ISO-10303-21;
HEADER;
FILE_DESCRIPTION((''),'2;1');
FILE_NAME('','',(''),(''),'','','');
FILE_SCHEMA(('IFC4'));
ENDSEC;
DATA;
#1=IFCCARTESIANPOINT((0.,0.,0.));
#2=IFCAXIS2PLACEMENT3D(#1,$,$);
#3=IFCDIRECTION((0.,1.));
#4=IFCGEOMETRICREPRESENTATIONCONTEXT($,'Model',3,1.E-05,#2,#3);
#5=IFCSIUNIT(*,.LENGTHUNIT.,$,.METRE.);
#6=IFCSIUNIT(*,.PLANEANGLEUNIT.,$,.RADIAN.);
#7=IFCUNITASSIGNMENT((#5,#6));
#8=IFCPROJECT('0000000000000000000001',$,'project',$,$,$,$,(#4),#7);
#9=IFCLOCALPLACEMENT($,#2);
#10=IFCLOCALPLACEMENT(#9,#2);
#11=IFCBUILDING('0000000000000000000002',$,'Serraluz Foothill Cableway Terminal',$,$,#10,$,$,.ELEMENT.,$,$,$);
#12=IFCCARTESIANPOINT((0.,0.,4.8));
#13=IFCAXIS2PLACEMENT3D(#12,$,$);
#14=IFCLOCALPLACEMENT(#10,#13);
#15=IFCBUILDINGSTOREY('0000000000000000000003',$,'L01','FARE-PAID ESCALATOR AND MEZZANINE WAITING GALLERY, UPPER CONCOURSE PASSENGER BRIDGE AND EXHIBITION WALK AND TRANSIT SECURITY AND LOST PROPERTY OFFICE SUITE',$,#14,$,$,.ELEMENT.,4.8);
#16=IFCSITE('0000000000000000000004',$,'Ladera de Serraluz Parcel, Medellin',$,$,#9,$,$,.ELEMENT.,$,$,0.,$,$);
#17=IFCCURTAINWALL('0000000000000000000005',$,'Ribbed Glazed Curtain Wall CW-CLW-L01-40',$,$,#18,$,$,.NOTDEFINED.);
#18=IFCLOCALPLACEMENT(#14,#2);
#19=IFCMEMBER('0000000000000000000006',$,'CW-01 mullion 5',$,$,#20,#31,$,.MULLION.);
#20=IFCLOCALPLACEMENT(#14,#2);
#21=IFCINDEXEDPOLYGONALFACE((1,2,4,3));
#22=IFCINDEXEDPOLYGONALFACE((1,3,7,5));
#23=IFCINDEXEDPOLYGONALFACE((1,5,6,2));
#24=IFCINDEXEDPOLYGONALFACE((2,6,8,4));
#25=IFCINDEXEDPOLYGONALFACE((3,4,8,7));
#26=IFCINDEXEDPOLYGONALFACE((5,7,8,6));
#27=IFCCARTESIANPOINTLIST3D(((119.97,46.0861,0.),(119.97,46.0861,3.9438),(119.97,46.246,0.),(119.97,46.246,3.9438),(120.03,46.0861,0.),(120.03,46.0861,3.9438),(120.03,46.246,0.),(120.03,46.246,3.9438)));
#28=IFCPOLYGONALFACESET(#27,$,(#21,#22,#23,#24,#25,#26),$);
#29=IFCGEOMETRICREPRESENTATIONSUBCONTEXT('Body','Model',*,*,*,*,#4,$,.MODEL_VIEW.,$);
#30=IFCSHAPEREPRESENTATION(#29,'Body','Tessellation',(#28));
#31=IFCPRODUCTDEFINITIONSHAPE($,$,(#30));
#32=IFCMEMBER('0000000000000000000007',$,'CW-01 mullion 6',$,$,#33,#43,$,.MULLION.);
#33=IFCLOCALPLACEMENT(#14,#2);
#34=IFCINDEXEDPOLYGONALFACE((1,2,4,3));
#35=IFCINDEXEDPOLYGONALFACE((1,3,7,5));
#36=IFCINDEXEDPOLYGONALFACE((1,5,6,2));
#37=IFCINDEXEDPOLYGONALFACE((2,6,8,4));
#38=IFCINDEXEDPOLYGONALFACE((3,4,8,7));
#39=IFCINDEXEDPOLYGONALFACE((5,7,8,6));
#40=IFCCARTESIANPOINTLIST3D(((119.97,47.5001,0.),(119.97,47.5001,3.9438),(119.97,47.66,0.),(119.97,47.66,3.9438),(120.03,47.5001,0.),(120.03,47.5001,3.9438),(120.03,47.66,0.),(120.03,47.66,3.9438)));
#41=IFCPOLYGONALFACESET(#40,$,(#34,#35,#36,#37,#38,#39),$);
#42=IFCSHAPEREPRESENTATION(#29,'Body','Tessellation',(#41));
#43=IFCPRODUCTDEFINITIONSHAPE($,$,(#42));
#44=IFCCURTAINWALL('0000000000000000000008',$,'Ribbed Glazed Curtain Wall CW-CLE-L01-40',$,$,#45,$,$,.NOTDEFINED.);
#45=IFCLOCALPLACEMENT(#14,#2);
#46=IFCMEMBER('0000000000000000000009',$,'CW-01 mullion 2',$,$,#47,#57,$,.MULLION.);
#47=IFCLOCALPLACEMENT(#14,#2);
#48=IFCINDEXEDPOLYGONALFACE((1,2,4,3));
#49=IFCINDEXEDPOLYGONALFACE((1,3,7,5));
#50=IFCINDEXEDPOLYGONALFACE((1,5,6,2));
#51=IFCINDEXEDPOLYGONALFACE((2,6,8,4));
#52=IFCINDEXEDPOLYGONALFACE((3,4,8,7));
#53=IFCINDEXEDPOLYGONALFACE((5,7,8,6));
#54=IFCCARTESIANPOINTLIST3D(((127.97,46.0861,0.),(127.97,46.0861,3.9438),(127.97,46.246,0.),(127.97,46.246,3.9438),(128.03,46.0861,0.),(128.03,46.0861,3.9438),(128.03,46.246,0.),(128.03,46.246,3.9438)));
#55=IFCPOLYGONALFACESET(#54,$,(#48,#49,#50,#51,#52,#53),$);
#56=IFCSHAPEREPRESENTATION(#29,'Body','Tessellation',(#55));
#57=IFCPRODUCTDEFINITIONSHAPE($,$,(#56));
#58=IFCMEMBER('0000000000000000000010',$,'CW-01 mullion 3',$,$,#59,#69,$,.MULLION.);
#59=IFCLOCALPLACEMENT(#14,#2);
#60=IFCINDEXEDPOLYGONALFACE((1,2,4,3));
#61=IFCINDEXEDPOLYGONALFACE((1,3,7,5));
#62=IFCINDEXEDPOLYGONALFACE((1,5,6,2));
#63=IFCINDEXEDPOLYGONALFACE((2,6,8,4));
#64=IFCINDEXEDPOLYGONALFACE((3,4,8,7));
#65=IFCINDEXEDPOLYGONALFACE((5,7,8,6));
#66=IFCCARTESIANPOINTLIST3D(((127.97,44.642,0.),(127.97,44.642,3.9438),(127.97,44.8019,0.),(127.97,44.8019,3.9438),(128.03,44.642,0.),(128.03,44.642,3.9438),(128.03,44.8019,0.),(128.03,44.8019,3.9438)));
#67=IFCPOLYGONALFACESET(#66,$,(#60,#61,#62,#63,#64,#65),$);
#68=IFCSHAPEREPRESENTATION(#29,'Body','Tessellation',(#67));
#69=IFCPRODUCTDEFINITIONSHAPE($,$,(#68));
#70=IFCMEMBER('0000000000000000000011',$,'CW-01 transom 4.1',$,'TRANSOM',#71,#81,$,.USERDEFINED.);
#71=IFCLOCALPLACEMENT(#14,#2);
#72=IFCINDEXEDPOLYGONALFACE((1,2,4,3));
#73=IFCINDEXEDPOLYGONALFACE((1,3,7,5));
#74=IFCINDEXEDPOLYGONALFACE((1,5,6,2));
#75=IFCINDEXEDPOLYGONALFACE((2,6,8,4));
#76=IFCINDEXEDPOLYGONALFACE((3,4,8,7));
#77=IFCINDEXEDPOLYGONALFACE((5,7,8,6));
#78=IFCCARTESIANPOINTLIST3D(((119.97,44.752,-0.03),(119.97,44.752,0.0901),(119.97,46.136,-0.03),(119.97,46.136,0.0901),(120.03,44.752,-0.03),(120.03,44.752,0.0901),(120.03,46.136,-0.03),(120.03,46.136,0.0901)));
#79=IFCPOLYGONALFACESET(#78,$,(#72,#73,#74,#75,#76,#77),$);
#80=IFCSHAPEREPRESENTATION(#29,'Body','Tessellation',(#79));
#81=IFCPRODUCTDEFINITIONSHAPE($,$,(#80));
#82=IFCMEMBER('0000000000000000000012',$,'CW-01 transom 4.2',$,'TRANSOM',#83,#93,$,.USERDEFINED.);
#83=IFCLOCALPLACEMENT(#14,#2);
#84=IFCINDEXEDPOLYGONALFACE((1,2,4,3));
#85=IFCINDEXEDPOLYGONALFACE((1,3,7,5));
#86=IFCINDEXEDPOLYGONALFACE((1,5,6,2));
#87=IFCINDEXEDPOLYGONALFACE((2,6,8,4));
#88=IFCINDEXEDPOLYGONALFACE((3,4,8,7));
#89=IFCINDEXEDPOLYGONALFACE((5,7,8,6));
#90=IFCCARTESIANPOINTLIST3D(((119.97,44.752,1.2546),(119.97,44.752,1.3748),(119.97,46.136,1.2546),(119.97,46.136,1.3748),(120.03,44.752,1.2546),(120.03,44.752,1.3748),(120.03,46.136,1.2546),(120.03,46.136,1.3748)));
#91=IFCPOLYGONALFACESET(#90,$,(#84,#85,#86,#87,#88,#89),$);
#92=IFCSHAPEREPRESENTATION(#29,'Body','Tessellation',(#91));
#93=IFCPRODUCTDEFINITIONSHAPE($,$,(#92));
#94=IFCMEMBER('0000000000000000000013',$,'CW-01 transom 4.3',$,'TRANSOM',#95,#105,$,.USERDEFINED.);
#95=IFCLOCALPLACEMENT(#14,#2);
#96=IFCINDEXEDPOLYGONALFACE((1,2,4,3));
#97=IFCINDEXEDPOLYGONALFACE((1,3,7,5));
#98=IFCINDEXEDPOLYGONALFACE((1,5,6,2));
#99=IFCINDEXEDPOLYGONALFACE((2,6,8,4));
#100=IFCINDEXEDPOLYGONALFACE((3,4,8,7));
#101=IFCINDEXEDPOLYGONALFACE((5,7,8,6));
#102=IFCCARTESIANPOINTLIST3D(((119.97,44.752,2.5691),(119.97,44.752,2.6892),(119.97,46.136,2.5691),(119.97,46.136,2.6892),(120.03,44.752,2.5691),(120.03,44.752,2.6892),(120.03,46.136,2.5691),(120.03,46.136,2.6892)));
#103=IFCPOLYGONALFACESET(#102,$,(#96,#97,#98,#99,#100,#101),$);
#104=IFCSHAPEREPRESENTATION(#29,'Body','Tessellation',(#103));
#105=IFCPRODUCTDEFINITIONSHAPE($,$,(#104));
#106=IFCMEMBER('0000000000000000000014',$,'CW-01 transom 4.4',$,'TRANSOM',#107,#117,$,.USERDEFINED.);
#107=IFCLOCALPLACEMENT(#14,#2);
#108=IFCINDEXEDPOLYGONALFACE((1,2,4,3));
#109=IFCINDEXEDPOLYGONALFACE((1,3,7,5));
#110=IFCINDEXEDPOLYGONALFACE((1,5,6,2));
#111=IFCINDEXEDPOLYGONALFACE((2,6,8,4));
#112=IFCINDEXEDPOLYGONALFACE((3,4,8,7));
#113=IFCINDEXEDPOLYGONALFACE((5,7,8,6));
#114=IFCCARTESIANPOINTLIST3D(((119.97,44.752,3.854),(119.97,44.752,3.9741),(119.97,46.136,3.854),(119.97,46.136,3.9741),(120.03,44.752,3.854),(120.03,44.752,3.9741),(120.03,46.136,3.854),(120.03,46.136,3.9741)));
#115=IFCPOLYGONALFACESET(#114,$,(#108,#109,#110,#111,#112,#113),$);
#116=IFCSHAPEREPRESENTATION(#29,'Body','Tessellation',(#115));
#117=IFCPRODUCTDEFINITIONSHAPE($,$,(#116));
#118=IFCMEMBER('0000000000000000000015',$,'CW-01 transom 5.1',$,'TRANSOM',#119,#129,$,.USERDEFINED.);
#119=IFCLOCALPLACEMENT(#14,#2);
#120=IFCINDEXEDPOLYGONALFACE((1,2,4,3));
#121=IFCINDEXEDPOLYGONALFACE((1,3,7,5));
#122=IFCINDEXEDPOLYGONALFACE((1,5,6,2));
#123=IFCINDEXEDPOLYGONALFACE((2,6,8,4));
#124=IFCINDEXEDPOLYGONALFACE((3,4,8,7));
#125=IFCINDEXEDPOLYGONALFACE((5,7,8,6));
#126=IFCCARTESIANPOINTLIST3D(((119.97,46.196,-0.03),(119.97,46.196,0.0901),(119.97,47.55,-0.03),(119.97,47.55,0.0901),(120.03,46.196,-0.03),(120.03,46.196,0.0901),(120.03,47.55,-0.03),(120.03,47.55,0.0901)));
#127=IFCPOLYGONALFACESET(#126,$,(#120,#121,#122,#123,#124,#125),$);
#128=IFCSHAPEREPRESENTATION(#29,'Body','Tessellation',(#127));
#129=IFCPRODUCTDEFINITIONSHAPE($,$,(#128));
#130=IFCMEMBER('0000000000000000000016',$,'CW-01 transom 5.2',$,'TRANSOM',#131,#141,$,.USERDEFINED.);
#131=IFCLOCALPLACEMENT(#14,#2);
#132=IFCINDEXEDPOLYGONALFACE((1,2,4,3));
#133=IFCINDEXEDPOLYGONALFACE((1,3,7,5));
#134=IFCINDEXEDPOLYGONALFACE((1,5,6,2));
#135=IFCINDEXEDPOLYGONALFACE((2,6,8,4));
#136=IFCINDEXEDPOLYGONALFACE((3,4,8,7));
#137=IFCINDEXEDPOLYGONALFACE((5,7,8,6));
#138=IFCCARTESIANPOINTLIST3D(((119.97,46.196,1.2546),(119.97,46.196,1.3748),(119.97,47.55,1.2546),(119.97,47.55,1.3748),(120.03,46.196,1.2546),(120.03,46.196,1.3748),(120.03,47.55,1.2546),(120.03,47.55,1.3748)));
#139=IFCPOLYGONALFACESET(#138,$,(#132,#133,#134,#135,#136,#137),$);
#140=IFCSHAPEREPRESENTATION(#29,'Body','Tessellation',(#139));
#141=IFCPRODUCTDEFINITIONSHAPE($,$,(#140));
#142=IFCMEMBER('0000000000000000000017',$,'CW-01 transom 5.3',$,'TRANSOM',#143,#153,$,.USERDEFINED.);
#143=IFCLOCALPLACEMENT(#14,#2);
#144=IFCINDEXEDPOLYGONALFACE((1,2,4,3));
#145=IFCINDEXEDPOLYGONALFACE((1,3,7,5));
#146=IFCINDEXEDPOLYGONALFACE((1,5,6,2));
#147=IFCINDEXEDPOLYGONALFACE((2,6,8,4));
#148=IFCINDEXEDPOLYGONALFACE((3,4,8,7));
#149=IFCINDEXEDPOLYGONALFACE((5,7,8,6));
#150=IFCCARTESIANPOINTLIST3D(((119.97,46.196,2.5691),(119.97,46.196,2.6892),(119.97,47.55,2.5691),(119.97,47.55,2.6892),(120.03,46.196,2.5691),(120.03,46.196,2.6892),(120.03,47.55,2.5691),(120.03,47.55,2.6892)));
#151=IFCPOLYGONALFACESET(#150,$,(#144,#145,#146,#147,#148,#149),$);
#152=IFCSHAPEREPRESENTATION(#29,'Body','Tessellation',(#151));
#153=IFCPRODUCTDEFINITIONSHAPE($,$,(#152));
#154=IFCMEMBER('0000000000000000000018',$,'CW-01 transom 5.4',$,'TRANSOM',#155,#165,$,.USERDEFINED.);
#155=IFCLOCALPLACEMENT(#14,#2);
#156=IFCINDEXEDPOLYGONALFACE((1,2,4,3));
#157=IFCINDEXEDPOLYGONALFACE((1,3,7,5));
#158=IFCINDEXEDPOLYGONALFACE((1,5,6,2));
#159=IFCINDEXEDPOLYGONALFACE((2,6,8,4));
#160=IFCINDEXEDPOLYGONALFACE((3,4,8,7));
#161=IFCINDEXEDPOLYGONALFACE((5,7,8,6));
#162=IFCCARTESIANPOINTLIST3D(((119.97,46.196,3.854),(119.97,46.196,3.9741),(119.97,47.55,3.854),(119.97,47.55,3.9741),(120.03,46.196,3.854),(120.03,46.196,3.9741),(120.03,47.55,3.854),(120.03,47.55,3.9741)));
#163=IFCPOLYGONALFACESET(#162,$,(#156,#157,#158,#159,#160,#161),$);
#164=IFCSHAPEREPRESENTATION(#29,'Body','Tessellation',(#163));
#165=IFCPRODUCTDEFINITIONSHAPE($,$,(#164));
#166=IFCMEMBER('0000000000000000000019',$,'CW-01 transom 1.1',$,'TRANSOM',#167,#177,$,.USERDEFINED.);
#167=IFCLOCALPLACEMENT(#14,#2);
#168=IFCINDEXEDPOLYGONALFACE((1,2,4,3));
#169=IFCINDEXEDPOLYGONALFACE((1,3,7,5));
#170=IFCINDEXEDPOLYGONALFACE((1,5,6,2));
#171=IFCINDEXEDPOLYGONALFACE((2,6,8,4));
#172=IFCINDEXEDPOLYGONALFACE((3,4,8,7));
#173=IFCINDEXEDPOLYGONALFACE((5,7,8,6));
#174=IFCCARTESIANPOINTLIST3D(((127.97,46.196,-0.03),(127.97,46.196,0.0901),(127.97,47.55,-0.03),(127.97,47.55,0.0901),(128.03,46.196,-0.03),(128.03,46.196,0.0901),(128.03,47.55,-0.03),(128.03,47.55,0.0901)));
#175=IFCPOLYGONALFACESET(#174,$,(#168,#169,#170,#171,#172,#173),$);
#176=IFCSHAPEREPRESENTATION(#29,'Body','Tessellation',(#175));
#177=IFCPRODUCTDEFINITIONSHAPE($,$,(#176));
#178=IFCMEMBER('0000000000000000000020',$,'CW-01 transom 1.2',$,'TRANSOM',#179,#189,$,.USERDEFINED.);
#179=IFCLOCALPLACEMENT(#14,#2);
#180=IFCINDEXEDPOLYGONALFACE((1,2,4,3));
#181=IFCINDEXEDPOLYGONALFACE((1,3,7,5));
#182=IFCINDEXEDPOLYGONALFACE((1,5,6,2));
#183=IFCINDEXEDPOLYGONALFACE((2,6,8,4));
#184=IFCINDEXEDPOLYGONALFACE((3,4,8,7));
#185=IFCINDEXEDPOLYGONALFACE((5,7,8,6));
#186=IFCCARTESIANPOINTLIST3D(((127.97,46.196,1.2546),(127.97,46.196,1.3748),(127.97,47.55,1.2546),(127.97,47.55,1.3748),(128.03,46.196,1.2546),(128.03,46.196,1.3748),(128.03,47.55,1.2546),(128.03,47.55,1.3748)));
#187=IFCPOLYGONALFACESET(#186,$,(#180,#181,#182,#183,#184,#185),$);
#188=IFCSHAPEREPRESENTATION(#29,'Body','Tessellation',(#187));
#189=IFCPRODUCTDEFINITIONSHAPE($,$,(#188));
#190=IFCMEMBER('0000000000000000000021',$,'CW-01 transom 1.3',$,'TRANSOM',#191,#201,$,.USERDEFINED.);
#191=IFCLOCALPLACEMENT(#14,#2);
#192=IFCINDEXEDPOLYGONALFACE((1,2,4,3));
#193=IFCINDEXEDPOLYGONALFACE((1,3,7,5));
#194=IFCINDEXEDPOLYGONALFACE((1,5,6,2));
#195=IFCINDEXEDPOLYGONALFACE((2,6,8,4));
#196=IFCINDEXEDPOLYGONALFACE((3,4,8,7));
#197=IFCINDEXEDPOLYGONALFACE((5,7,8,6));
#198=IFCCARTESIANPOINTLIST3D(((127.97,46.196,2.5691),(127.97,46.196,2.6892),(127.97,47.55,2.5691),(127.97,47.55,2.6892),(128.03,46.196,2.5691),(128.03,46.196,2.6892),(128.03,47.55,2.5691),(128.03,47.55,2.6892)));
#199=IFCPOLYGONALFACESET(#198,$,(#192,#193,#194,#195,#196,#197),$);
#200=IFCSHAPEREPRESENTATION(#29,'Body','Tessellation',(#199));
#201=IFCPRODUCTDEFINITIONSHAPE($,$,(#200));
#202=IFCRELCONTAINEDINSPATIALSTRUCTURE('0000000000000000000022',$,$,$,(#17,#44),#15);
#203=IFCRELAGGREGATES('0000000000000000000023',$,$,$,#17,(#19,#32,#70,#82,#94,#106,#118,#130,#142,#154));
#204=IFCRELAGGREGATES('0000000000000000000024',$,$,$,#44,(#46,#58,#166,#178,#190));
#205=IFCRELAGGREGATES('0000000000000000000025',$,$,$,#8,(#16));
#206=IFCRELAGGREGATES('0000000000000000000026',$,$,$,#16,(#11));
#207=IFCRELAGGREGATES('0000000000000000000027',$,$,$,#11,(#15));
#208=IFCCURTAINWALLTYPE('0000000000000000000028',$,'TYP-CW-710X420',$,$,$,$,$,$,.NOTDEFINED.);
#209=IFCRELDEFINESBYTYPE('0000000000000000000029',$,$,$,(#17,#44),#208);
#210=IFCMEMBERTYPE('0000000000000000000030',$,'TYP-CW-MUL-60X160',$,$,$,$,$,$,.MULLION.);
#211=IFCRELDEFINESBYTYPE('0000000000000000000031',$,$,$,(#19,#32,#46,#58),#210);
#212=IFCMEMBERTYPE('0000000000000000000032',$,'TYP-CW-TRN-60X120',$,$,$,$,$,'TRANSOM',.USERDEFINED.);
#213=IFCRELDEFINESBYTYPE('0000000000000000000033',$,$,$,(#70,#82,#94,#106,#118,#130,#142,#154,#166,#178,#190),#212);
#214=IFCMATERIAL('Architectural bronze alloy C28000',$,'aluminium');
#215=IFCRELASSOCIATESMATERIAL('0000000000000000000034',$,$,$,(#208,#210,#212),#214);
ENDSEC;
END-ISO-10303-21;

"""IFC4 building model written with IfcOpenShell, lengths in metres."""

from ifc_helpers import new_model, si_unit, direction, frame, origin, origin_2d, place, context, subcontext, project, spatial, rectangle, extrude, material, material_profile, profile_set, type_object, element, aggregate, save


model = new_model("IFC4")

# Units and contexts
model_context = context("Model", 3, precision=1e-05, world=origin(), true_north=direction((0.0, 1.0)))
body_context = subcontext(model_context, "Body", "Model", "MODEL_VIEW")
ifc_project = project(units=[si_unit("LENGTHUNIT", "METRE"), si_unit("PLANEANGLEUNIT", "RADIAN")], contexts=[model_context])

# Site, building, storey
site_placement = place(None, origin())
site = spatial("IfcSite", under=ifc_project, at=site_placement, Name="Ladera de Serraluz Parcel, Medellin", CompositionType="ELEMENT", RefElevation=0.0)
building_placement = place(site_placement, origin())
building = spatial("IfcBuilding", under=site, at=building_placement, Name="Serraluz Foothill Cableway Terminal", CompositionType="ELEMENT")
storey_placement = place(building_placement, frame((0.0, 0.0, 4.8)))
storey = spatial("IfcBuildingStorey", under=building, at=storey_placement, Name="L01", Description="FARE-PAID ESCALATOR AND MEZZANINE WAITING GALLERY, UPPER CONCOURSE PASSENGER BRIDGE AND EXHIBITION WALK AND TRANSIT SECURITY AND LOST PROPERTY OFFICE SUITE", CompositionType="ELEMENT", Elevation=4.8)

# Curtain walls, members
ifc_material_1 = material(Name="Architectural bronze alloy C28000", Category="aluminium")
curtain_wall_type = type_object("IfcCurtainWallType", Name="TYP-CW-710X420", PredefinedType="NOTDEFINED", material=ifc_material_1)
curtain_wall_1_placement = place(storey_placement, origin())
curtain_wall_1 = element("IfcCurtainWall", 1, at=curtain_wall_1_placement, inside=storey, type_object=curtain_wall_type, Name="Ribbed Glazed Curtain Wall CW-CLW-L01-40", PredefinedType="NOTDEFINED")
ifc_material_profile_1 = material_profile(ifc_material_1, rectangle(XDim=0.0601, YDim=0.1599, at=origin_2d()), Name="ALU MULLION 60x160")
ifc_profile_set_1 = profile_set([ifc_material_profile_1], Name="Architectural bronze alloy C28000")
member_type_1 = type_object("IfcMemberType", Name="TYP-CW-MUL-60X160", PredefinedType="MULLION", material=ifc_profile_set_1)
member_1_placement = place(storey_placement, frame((120.0, 46.166, 0.0), z_axis=(0.0, 0.0, 1.0), x_axis=(-1.0, 0.0, 0.0)))
member_1 = element("IfcMember", 2, at=member_1_placement, type_object=member_type_1, Name="CW-01 mullion 5", PredefinedType="MULLION", context=body_context, shape_type="SweptSolid", body=[
    extrude(rectangle(XDim=0.0601, YDim=0.1599, at=origin_2d()), origin(), (0.0, 0.0, 1.0), 3.9438),
])
member_2_placement = place(storey_placement, frame((120.0, 47.5801, 0.0), z_axis=(0.0, 0.0, 1.0), x_axis=(-1.0, 0.0, 0.0)))
member_2 = element("IfcMember", 3, at=member_2_placement, type_object=member_type_1, Name="CW-01 mullion 6", PredefinedType="MULLION", context=body_context, shape_type="SweptSolid", body=[
    extrude(rectangle(XDim=0.0601, YDim=0.1599, at=origin_2d()), origin(), (0.0, 0.0, 1.0), 3.9438),
])
curtain_wall_2_placement = place(storey_placement, origin())
curtain_wall_2 = element("IfcCurtainWall", 4, at=curtain_wall_2_placement, inside=storey, type_object=curtain_wall_type, Name="Ribbed Glazed Curtain Wall CW-CLE-L01-40", PredefinedType="NOTDEFINED")
member_3_placement = place(storey_placement, frame((128.0, 46.166, 0.0), z_axis=(0.0, 0.0, 1.0), x_axis=(1.0, 0.0, 0.0)))
member_3 = element("IfcMember", 5, at=member_3_placement, type_object=member_type_1, Name="CW-01 mullion 2", PredefinedType="MULLION", context=body_context, shape_type="SweptSolid", body=[
    extrude(rectangle(XDim=0.0601, YDim=0.1599, at=origin_2d()), origin(), (0.0, 0.0, 1.0), 3.9438),
])
member_4_placement = place(storey_placement, frame((128.0, 44.7219, 0.0), z_axis=(0.0, 0.0, 1.0), x_axis=(1.0, 0.0, 0.0)))
member_4 = element("IfcMember", 6, at=member_4_placement, type_object=member_type_1, Name="CW-01 mullion 3", PredefinedType="MULLION", context=body_context, shape_type="SweptSolid", body=[
    extrude(rectangle(XDim=0.0601, YDim=0.1599, at=origin_2d()), origin(), (0.0, 0.0, 1.0), 3.9438),
])

# Members
ifc_material_profile_2 = material_profile(ifc_material_1, rectangle(XDim=0.0601, YDim=0.1201, at=origin_2d()), Name="ALU TRANSOM 60x120")
ifc_profile_set_2 = profile_set([ifc_material_profile_2], Name="Architectural bronze alloy C28000")
member_type_2 = type_object("IfcMemberType", Name="TYP-CW-TRN-60X120", ElementType="TRANSOM", PredefinedType="USERDEFINED", material=ifc_profile_set_2)
member_5_placement = place(storey_placement, frame((120.0, 44.752, 0.03), z_axis=(0.0, 1.0, 0.0), x_axis=(-1.0, 0.0, 0.0)))
member_5 = element("IfcMember", 7, at=member_5_placement, type_object=member_type_2, Name="CW-01 transom 4.1", ObjectType="TRANSOM", PredefinedType="USERDEFINED", context=body_context, shape_type="SweptSolid", body=[
    extrude(rectangle(XDim=0.0601, YDim=0.1201, at=origin_2d()), origin(), (0.0, 0.0, 1.0), 1.384),
])
member_6_placement = place(storey_placement, frame((120.0, 44.752, 1.3147), z_axis=(0.0, 1.0, 0.0), x_axis=(-1.0, 0.0, 0.0)))
member_6 = element("IfcMember", 8, at=member_6_placement, type_object=member_type_2, Name="CW-01 transom 4.2", ObjectType="TRANSOM", PredefinedType="USERDEFINED", context=body_context, shape_type="SweptSolid", body=[
    extrude(rectangle(XDim=0.0601, YDim=0.1201, at=origin_2d()), origin(), (0.0, 0.0, 1.0), 1.384),
])
member_7_placement = place(storey_placement, frame((120.0, 44.752, 2.6292), z_axis=(0.0, 1.0, 0.0), x_axis=(-1.0, 0.0, 0.0)))
member_7 = element("IfcMember", 9, at=member_7_placement, type_object=member_type_2, Name="CW-01 transom 4.3", ObjectType="TRANSOM", PredefinedType="USERDEFINED", context=body_context, shape_type="SweptSolid", body=[
    extrude(rectangle(XDim=0.0601, YDim=0.1201, at=origin_2d()), origin(), (0.0, 0.0, 1.0), 1.384),
])
member_8_placement = place(storey_placement, frame((120.0, 44.752, 3.9141), z_axis=(0.0, 1.0, 0.0), x_axis=(-1.0, 0.0, 0.0)))
member_8 = element("IfcMember", 10, at=member_8_placement, type_object=member_type_2, Name="CW-01 transom 4.4", ObjectType="TRANSOM", PredefinedType="USERDEFINED", context=body_context, shape_type="SweptSolid", body=[
    extrude(rectangle(XDim=0.0601, YDim=0.1201, at=origin_2d()), origin(), (0.0, 0.0, 1.0), 1.384),
])
member_9_placement = place(storey_placement, frame((120.0, 46.196, 0.03), z_axis=(0.0, 1.0, 0.0), x_axis=(-1.0, 0.0, 0.0)))
member_9 = element("IfcMember", 11, at=member_9_placement, type_object=member_type_2, Name="CW-01 transom 5.1", ObjectType="TRANSOM", PredefinedType="USERDEFINED", context=body_context, shape_type="SweptSolid", body=[
    extrude(rectangle(XDim=0.0601, YDim=0.1201, at=origin_2d()), origin(), (0.0, 0.0, 1.0), 1.354),
])
member_10_placement = place(storey_placement, frame((120.0, 46.196, 1.3147), z_axis=(0.0, 1.0, 0.0), x_axis=(-1.0, 0.0, 0.0)))
member_10 = element("IfcMember", 12, at=member_10_placement, type_object=member_type_2, Name="CW-01 transom 5.2", ObjectType="TRANSOM", PredefinedType="USERDEFINED", context=body_context, shape_type="SweptSolid", body=[
    extrude(rectangle(XDim=0.0601, YDim=0.1201, at=origin_2d()), origin(), (0.0, 0.0, 1.0), 1.354),
])
member_11_placement = place(storey_placement, frame((120.0, 46.196, 2.6292), z_axis=(0.0, 1.0, 0.0), x_axis=(-1.0, 0.0, 0.0)))
member_11 = element("IfcMember", 13, at=member_11_placement, type_object=member_type_2, Name="CW-01 transom 5.3", ObjectType="TRANSOM", PredefinedType="USERDEFINED", context=body_context, shape_type="SweptSolid", body=[
    extrude(rectangle(XDim=0.0601, YDim=0.1201, at=origin_2d()), origin(), (0.0, 0.0, 1.0), 1.354),
])
member_12_placement = place(storey_placement, frame((120.0, 46.196, 3.9141), z_axis=(0.0, 1.0, 0.0), x_axis=(-1.0, 0.0, 0.0)))
member_12 = element("IfcMember", 14, at=member_12_placement, type_object=member_type_2, Name="CW-01 transom 5.4", ObjectType="TRANSOM", PredefinedType="USERDEFINED", context=body_context, shape_type="SweptSolid", body=[
    extrude(rectangle(XDim=0.0601, YDim=0.1201, at=origin_2d()), origin(), (0.0, 0.0, 1.0), 1.354),
])
member_13_placement = place(storey_placement, frame((128.0, 47.55, 0.03), z_axis=(0.0, -1.0, 0.0), x_axis=(1.0, 0.0, 0.0)))
member_13 = element("IfcMember", 15, at=member_13_placement, type_object=member_type_2, Name="CW-01 transom 1.1", ObjectType="TRANSOM", PredefinedType="USERDEFINED", context=body_context, shape_type="SweptSolid", body=[
    extrude(rectangle(XDim=0.0601, YDim=0.1201, at=origin_2d()), origin(), (0.0, 0.0, 1.0), 1.354),
])
member_14_placement = place(storey_placement, frame((128.0, 47.55, 1.3147), z_axis=(0.0, -1.0, 0.0), x_axis=(1.0, 0.0, 0.0)))
member_14 = element("IfcMember", 16, at=member_14_placement, type_object=member_type_2, Name="CW-01 transom 1.2", ObjectType="TRANSOM", PredefinedType="USERDEFINED", context=body_context, shape_type="SweptSolid", body=[
    extrude(rectangle(XDim=0.0601, YDim=0.1201, at=origin_2d()), origin(), (0.0, 0.0, 1.0), 1.354),
])
member_15_placement = place(storey_placement, frame((128.0, 47.55, 2.6292), z_axis=(0.0, -1.0, 0.0), x_axis=(1.0, 0.0, 0.0)))
member_15 = element("IfcMember", 17, at=member_15_placement, type_object=member_type_2, Name="CW-01 transom 1.3", ObjectType="TRANSOM", PredefinedType="USERDEFINED", context=body_context, shape_type="SweptSolid", body=[
    extrude(rectangle(XDim=0.0601, YDim=0.1201, at=origin_2d()), origin(), (0.0, 0.0, 1.0), 1.354),
])

aggregate(curtain_wall_1, [member_1, member_2, member_5, member_6, member_7, member_8, member_9, member_10, member_11, member_12])
aggregate(curtain_wall_2, [member_3, member_4, member_13, member_14, member_15])

save(model, "model.ifc")
